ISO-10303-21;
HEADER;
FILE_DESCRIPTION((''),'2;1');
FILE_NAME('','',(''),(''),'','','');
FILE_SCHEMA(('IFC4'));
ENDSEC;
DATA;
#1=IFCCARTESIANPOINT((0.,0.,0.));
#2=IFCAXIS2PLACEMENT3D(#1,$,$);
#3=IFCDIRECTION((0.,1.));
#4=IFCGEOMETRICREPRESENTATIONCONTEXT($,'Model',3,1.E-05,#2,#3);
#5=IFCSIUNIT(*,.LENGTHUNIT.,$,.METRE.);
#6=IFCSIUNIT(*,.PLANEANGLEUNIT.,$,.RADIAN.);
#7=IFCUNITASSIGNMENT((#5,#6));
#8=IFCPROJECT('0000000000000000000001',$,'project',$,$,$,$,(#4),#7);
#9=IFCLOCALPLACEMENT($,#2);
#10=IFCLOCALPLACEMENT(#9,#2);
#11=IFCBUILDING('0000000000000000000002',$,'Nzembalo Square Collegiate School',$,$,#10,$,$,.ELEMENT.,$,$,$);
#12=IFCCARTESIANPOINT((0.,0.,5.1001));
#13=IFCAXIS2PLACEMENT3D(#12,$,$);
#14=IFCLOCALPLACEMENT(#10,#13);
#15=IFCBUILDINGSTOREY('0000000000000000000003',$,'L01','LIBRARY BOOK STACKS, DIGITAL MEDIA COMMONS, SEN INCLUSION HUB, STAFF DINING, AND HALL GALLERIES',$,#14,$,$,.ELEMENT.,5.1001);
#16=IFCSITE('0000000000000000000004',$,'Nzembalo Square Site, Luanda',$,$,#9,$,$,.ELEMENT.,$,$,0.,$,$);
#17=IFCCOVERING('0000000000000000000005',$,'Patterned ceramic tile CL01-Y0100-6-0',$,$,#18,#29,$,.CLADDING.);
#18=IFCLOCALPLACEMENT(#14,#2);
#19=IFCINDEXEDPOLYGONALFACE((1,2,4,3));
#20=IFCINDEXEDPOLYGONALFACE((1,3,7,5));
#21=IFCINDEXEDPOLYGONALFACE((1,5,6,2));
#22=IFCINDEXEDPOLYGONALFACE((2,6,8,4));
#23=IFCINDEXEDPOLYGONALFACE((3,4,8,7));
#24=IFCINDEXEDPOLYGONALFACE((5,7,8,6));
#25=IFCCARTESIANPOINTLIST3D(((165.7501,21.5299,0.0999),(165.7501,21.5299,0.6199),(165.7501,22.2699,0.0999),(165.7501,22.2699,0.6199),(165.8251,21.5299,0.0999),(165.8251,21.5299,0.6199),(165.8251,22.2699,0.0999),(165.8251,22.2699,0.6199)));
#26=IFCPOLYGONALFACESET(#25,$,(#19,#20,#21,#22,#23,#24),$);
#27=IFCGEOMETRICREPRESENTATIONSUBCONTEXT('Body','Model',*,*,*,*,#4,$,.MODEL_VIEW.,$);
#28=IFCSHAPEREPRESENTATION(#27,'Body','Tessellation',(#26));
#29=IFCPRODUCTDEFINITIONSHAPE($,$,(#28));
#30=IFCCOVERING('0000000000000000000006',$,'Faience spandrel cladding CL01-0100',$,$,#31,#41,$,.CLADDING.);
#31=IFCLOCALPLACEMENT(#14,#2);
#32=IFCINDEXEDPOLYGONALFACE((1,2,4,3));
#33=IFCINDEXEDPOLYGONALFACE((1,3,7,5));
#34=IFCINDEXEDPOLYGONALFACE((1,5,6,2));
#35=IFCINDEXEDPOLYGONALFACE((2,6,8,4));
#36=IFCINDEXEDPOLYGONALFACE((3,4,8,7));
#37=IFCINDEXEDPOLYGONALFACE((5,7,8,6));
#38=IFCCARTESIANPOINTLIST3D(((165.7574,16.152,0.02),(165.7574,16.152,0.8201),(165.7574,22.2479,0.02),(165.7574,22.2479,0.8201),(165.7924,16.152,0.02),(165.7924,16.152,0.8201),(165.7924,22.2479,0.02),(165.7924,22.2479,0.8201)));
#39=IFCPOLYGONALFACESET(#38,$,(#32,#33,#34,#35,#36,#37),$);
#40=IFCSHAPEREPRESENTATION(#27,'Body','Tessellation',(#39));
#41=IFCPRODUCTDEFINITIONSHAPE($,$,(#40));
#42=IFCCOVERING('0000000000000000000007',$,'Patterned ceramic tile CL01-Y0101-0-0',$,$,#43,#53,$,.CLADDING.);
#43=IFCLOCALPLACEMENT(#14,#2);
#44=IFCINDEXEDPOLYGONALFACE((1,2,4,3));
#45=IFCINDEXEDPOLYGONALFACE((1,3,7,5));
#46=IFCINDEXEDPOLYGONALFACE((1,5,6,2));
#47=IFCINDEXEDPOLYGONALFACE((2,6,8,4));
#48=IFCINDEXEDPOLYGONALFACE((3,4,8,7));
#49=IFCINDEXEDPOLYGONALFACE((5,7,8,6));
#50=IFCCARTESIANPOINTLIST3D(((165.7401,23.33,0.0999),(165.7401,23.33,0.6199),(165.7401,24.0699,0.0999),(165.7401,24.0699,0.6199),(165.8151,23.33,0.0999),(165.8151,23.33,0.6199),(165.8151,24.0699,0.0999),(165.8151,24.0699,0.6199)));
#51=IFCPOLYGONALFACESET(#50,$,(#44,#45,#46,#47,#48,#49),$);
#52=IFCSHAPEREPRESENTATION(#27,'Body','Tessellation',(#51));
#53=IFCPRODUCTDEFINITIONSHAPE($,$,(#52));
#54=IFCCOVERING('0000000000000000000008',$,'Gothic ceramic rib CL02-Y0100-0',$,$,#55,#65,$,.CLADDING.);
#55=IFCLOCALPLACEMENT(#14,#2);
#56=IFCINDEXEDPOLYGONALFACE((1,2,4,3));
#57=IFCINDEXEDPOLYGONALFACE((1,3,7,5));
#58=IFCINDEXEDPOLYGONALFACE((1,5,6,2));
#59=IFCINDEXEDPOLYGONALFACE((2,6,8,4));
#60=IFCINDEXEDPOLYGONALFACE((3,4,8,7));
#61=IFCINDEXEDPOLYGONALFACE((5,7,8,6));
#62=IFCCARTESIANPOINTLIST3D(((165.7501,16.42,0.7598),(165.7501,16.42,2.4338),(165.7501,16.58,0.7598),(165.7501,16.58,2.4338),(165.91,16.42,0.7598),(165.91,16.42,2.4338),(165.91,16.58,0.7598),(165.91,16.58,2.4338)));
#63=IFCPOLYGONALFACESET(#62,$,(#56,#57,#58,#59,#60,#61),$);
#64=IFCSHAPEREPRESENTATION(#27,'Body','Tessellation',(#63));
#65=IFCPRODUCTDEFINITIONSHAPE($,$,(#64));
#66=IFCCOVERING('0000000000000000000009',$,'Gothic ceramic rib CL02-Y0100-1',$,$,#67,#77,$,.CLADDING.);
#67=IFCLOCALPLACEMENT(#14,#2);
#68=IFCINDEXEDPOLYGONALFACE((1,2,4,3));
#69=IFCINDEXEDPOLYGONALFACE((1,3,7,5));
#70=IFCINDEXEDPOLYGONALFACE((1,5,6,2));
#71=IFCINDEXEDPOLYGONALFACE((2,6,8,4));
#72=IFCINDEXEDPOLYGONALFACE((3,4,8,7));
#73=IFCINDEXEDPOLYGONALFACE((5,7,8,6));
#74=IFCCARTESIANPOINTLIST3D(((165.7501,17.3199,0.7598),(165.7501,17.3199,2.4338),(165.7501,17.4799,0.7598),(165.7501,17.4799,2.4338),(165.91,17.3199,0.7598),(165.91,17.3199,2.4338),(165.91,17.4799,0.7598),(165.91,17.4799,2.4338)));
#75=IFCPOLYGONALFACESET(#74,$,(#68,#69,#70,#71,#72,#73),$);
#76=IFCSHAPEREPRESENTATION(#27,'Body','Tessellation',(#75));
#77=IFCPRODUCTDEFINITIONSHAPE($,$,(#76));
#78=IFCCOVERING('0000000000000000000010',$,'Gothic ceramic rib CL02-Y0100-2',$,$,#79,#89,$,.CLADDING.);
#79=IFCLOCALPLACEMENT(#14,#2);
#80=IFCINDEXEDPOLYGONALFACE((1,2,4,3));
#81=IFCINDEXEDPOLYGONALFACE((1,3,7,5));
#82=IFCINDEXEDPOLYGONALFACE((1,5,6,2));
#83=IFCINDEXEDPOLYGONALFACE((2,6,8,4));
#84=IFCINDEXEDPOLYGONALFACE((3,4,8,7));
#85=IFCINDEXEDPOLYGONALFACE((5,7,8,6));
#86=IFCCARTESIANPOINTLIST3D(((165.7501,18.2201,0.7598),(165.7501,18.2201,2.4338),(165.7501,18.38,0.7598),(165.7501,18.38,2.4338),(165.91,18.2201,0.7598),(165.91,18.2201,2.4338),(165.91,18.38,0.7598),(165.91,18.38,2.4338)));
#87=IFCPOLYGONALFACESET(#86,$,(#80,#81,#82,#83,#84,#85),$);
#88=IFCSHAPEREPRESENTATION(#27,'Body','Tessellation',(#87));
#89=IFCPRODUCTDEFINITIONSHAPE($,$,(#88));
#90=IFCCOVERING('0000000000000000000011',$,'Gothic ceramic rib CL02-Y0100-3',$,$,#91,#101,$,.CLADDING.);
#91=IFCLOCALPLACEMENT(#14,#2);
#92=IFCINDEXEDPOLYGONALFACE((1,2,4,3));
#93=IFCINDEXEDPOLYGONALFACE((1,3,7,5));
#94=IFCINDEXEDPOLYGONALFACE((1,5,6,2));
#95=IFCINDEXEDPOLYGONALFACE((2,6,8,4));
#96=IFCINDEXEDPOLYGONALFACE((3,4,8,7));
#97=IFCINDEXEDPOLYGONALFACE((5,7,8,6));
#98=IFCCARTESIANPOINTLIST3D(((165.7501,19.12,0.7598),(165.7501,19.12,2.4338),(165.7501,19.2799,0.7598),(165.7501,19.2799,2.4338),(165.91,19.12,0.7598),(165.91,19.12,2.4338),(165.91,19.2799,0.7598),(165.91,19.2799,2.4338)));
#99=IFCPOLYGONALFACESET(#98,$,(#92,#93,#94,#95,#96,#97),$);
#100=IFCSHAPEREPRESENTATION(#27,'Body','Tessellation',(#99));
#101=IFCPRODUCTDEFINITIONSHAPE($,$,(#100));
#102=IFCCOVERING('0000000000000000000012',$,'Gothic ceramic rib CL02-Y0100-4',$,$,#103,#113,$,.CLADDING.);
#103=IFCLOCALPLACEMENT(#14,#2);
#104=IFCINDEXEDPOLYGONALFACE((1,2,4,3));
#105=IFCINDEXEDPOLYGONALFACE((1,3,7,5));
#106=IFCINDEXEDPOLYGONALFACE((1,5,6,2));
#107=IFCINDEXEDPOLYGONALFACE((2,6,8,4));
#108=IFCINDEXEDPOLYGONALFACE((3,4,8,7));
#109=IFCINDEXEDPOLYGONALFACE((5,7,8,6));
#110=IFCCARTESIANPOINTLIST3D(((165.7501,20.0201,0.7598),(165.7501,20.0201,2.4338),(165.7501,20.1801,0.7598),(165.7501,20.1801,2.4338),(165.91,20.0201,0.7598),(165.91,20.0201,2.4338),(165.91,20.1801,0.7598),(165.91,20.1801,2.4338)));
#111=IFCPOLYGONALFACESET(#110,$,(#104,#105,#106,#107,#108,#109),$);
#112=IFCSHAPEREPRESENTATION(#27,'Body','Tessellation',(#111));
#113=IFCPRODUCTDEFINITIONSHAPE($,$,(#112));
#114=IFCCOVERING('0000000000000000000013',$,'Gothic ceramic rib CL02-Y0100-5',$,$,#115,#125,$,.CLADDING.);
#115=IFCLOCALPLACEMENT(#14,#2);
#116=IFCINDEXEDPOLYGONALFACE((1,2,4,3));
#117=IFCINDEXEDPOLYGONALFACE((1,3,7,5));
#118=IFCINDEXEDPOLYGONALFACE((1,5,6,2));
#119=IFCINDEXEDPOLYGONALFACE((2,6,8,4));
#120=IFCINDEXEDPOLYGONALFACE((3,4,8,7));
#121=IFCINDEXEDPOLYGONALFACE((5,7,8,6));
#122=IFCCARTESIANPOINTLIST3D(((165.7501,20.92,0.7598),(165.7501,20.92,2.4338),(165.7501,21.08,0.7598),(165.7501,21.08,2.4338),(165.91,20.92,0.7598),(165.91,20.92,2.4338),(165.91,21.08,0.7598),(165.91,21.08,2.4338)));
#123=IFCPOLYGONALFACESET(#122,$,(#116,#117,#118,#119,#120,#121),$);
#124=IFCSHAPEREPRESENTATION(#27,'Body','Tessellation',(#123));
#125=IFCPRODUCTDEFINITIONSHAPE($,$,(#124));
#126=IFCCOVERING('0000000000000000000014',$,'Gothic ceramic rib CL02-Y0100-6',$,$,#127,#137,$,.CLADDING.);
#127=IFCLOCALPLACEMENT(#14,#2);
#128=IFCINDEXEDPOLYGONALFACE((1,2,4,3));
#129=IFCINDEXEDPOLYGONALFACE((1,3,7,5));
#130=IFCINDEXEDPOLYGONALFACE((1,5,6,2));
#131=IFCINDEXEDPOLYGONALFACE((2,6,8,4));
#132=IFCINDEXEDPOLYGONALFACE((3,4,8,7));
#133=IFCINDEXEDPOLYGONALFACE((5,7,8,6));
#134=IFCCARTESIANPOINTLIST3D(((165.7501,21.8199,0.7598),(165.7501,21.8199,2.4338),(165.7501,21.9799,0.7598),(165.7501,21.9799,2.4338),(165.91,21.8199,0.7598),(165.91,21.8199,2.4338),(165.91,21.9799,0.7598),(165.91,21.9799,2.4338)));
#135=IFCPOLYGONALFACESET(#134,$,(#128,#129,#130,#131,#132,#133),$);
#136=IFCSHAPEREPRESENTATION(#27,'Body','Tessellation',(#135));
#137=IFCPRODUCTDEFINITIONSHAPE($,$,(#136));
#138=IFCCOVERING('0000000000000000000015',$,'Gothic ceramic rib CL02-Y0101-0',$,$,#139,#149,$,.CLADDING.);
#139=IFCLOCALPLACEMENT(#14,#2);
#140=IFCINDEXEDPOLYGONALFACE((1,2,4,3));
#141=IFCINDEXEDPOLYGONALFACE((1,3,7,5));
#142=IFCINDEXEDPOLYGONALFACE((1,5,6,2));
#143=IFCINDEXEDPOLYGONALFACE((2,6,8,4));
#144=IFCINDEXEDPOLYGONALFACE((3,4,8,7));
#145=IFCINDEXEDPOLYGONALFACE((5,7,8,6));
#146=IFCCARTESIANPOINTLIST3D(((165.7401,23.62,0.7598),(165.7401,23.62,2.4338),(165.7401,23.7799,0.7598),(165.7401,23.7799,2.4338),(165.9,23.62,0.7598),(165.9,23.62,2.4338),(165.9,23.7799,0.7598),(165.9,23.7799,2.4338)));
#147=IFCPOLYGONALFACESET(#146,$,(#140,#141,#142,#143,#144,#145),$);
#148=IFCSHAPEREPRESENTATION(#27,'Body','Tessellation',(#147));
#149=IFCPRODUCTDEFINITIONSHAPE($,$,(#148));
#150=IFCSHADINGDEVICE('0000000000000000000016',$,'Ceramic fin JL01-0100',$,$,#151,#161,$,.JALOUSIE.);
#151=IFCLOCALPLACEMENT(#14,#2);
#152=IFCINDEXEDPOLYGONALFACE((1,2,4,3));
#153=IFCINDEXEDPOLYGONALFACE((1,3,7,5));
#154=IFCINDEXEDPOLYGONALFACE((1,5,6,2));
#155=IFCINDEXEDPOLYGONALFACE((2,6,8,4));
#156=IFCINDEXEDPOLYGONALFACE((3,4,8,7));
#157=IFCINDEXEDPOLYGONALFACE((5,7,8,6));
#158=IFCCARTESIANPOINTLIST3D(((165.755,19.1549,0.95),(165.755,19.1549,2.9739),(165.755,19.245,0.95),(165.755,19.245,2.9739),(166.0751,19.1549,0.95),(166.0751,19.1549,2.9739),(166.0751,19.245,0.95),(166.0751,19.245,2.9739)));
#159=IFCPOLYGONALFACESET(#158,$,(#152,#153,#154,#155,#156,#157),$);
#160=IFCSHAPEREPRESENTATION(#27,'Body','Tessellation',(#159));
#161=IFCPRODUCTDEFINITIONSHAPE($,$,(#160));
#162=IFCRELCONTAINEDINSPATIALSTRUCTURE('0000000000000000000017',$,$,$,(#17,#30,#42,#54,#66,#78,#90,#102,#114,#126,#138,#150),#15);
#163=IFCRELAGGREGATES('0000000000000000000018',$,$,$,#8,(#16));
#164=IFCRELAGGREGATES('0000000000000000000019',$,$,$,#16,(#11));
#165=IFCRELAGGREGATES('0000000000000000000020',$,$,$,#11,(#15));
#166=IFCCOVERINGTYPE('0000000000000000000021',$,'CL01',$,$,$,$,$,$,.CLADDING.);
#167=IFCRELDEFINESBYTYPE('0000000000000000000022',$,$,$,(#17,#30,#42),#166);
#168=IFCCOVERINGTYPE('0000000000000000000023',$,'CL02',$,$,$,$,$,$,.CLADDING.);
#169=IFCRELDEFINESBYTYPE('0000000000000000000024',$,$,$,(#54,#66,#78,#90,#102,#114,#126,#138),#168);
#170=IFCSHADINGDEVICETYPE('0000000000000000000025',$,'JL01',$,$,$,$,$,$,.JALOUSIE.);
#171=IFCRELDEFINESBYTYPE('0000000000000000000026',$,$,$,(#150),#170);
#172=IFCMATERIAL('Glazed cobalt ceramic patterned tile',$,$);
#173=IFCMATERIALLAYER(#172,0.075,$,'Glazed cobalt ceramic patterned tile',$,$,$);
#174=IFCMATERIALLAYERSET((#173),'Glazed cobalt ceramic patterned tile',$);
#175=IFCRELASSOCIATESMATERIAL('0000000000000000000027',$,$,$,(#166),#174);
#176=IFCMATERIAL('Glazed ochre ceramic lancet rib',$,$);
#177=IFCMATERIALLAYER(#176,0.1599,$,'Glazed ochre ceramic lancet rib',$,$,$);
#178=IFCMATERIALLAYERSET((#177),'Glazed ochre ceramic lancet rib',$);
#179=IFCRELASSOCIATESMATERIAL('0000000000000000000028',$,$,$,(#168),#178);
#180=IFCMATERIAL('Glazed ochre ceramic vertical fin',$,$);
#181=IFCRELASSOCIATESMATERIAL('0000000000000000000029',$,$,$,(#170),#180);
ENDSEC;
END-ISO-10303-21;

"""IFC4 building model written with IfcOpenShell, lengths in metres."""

from ifc_helpers import new_model, si_unit, direction, frame, origin, origin_2d, place, context, subcontext, project, spatial, rectangle, extrude, material, layer, layer_set, type_object, element, save


model = new_model("IFC4")

# Units and contexts
model_context = context("Model", 3, precision=1e-05, world=origin(), true_north=direction((0.0, 1.0)))
body_context = subcontext(model_context, "Body", "Model", "MODEL_VIEW")
ifc_project = project(units=[si_unit("LENGTHUNIT", "METRE"), si_unit("PLANEANGLEUNIT", "RADIAN")], contexts=[model_context])

# Site, building, storey
site_placement = place(None, origin())
site = spatial("IfcSite", under=ifc_project, at=site_placement, Name="Nzembalo Square Site, Luanda", CompositionType="ELEMENT", RefElevation=0.0)
building_placement = place(site_placement, origin())
building = spatial("IfcBuilding", under=site, at=building_placement, Name="Nzembalo Square Collegiate School", CompositionType="ELEMENT")
storey_placement = place(building_placement, frame((0.0, 0.0, 5.1001)))
storey = spatial("IfcBuildingStorey", under=building, at=storey_placement, Name="L01", Description="LIBRARY BOOK STACKS, DIGITAL MEDIA COMMONS, SEN INCLUSION HUB, STAFF DINING, AND HALL GALLERIES", CompositionType="ELEMENT", Elevation=5.1001)

# Coverings
ifc_material_1 = material(Name="Glazed cobalt ceramic patterned tile")
ifc_layer_1 = layer(ifc_material_1, 0.075, Name="Glazed cobalt ceramic patterned tile")
ifc_layer_set_1 = layer_set([ifc_layer_1], Name="Glazed cobalt ceramic patterned tile")
covering_type_1 = type_object("IfcCoveringType", Name="CL01", PredefinedType="CLADDING", material=ifc_layer_set_1)
for number, where, z_axis, x_axis, name in (
    (1, (165.7876, 21.8999, 0.0999), (0.0, 0.0, 1.0), (1.0, 0.0, 0.0), "Patterned ceramic tile CL01-Y0100-6-0"),
):
    element("IfcCovering", number, at=place(storey_placement, frame(where, z_axis=z_axis, x_axis=x_axis)), inside=storey, type_object=covering_type_1, Name=name, PredefinedType="CLADDING", context=body_context, shape_type="SweptSolid", body=[
        extrude(rectangle(XDim=0.075, YDim=0.74, at=origin_2d()), origin(), (0.0, 0.0, 1.0), 0.52),
    ])
covering_1_placement = place(storey_placement, frame((165.7749, 19.2, 0.02), z_axis=(0.0, 0.0, 1.0), x_axis=(1.0, 0.0, 0.0)))
element("IfcCovering", 2, at=covering_1_placement, inside=storey, type_object=covering_type_1, Name="Faience spandrel cladding CL01-0100", PredefinedType="CLADDING", context=body_context, shape_type="SweptSolid", body=[
    extrude(rectangle(XDim=0.0349, YDim=6.0959, at=origin_2d()), origin(), (0.0, 0.0, 1.0), 0.8),
])
covering_2_placement = place(storey_placement, frame((165.7776, 23.7, 0.0999), z_axis=(0.0, 0.0, 1.0), x_axis=(1.0, 0.0, 0.0)))
element("IfcCovering", 3, at=covering_2_placement, inside=storey, type_object=covering_type_1, Name="Patterned ceramic tile CL01-Y0101-0-0", PredefinedType="CLADDING", context=body_context, shape_type="SweptSolid", body=[
    extrude(rectangle(XDim=0.075, YDim=0.74, at=origin_2d()), origin(), (0.0, 0.0, 1.0), 0.52),
])
ifc_material_2 = material(Name="Glazed ochre ceramic lancet rib")
ifc_layer_2 = layer(ifc_material_2, 0.1599, Name="Glazed ochre ceramic lancet rib")
ifc_layer_set_2 = layer_set([ifc_layer_2], Name="Glazed ochre ceramic lancet rib")
covering_type_2 = type_object("IfcCoveringType", Name="CL02", PredefinedType="CLADDING", material=ifc_layer_set_2)
for number, where, z_axis, x_axis, name in (
    (4, (165.8301, 16.5, 0.7598), (0.0, 0.0, 1.0), (1.0, 0.0, 0.0), "Gothic ceramic rib CL02-Y0100-0"),
    (5, (165.8301, 17.3999, 0.7598), (0.0, 0.0, 1.0), (1.0, 0.0, 0.0), "Gothic ceramic rib CL02-Y0100-1"),
    (6, (165.8301, 18.3, 0.7598), (0.0, 0.0, 1.0), (1.0, 0.0, 0.0), "Gothic ceramic rib CL02-Y0100-2"),
    (7, (165.8301, 19.2, 0.7598), (0.0, 0.0, 1.0), (1.0, 0.0, 0.0), "Gothic ceramic rib CL02-Y0100-3"),
    (8, (165.8301, 20.1001, 0.7598), (0.0, 0.0, 1.0), (1.0, 0.0, 0.0), "Gothic ceramic rib CL02-Y0100-4"),
    (9, (165.8301, 21.0, 0.7598), (0.0, 0.0, 1.0), (1.0, 0.0, 0.0), "Gothic ceramic rib CL02-Y0100-5"),
    (10, (165.8301, 21.8999, 0.7598), (0.0, 0.0, 1.0), (1.0, 0.0, 0.0), "Gothic ceramic rib CL02-Y0100-6"),
    (11, (165.8201, 23.7, 0.7598), (0.0, 0.0, 1.0), (1.0, 0.0, 0.0), "Gothic ceramic rib CL02-Y0101-0"),
):
    element("IfcCovering", number, at=place(storey_placement, frame(where, z_axis=z_axis, x_axis=x_axis)), inside=storey, type_object=covering_type_2, Name=name, PredefinedType="CLADDING", context=body_context, shape_type="SweptSolid", body=[
        extrude(rectangle(XDim=0.1599, YDim=0.1599, at=origin_2d()), origin(), (0.0, 0.0, 1.0), 1.6741),
    ])

# Shading device
ifc_material_3 = material(Name="Glazed ochre ceramic vertical fin")
shading_device_type = type_object("IfcShadingDeviceType", Name="JL01", PredefinedType="JALOUSIE", material=ifc_material_3)
shading_device_placement = place(storey_placement, frame((165.915, 19.2, 0.95), z_axis=(0.0, 0.0, 1.0), x_axis=(1.0, 0.0, 0.0)))
element("IfcShadingDevice", 12, at=shading_device_placement, inside=storey, type_object=shading_device_type, Name="Ceramic fin JL01-0100", PredefinedType="JALOUSIE", context=body_context, shape_type="SweptSolid", body=[
    extrude(rectangle(XDim=0.3201, YDim=0.0901, at=origin_2d()), origin(), (0.0, 0.0, 1.0), 2.0239),
])

save(model, "model.ifc")
